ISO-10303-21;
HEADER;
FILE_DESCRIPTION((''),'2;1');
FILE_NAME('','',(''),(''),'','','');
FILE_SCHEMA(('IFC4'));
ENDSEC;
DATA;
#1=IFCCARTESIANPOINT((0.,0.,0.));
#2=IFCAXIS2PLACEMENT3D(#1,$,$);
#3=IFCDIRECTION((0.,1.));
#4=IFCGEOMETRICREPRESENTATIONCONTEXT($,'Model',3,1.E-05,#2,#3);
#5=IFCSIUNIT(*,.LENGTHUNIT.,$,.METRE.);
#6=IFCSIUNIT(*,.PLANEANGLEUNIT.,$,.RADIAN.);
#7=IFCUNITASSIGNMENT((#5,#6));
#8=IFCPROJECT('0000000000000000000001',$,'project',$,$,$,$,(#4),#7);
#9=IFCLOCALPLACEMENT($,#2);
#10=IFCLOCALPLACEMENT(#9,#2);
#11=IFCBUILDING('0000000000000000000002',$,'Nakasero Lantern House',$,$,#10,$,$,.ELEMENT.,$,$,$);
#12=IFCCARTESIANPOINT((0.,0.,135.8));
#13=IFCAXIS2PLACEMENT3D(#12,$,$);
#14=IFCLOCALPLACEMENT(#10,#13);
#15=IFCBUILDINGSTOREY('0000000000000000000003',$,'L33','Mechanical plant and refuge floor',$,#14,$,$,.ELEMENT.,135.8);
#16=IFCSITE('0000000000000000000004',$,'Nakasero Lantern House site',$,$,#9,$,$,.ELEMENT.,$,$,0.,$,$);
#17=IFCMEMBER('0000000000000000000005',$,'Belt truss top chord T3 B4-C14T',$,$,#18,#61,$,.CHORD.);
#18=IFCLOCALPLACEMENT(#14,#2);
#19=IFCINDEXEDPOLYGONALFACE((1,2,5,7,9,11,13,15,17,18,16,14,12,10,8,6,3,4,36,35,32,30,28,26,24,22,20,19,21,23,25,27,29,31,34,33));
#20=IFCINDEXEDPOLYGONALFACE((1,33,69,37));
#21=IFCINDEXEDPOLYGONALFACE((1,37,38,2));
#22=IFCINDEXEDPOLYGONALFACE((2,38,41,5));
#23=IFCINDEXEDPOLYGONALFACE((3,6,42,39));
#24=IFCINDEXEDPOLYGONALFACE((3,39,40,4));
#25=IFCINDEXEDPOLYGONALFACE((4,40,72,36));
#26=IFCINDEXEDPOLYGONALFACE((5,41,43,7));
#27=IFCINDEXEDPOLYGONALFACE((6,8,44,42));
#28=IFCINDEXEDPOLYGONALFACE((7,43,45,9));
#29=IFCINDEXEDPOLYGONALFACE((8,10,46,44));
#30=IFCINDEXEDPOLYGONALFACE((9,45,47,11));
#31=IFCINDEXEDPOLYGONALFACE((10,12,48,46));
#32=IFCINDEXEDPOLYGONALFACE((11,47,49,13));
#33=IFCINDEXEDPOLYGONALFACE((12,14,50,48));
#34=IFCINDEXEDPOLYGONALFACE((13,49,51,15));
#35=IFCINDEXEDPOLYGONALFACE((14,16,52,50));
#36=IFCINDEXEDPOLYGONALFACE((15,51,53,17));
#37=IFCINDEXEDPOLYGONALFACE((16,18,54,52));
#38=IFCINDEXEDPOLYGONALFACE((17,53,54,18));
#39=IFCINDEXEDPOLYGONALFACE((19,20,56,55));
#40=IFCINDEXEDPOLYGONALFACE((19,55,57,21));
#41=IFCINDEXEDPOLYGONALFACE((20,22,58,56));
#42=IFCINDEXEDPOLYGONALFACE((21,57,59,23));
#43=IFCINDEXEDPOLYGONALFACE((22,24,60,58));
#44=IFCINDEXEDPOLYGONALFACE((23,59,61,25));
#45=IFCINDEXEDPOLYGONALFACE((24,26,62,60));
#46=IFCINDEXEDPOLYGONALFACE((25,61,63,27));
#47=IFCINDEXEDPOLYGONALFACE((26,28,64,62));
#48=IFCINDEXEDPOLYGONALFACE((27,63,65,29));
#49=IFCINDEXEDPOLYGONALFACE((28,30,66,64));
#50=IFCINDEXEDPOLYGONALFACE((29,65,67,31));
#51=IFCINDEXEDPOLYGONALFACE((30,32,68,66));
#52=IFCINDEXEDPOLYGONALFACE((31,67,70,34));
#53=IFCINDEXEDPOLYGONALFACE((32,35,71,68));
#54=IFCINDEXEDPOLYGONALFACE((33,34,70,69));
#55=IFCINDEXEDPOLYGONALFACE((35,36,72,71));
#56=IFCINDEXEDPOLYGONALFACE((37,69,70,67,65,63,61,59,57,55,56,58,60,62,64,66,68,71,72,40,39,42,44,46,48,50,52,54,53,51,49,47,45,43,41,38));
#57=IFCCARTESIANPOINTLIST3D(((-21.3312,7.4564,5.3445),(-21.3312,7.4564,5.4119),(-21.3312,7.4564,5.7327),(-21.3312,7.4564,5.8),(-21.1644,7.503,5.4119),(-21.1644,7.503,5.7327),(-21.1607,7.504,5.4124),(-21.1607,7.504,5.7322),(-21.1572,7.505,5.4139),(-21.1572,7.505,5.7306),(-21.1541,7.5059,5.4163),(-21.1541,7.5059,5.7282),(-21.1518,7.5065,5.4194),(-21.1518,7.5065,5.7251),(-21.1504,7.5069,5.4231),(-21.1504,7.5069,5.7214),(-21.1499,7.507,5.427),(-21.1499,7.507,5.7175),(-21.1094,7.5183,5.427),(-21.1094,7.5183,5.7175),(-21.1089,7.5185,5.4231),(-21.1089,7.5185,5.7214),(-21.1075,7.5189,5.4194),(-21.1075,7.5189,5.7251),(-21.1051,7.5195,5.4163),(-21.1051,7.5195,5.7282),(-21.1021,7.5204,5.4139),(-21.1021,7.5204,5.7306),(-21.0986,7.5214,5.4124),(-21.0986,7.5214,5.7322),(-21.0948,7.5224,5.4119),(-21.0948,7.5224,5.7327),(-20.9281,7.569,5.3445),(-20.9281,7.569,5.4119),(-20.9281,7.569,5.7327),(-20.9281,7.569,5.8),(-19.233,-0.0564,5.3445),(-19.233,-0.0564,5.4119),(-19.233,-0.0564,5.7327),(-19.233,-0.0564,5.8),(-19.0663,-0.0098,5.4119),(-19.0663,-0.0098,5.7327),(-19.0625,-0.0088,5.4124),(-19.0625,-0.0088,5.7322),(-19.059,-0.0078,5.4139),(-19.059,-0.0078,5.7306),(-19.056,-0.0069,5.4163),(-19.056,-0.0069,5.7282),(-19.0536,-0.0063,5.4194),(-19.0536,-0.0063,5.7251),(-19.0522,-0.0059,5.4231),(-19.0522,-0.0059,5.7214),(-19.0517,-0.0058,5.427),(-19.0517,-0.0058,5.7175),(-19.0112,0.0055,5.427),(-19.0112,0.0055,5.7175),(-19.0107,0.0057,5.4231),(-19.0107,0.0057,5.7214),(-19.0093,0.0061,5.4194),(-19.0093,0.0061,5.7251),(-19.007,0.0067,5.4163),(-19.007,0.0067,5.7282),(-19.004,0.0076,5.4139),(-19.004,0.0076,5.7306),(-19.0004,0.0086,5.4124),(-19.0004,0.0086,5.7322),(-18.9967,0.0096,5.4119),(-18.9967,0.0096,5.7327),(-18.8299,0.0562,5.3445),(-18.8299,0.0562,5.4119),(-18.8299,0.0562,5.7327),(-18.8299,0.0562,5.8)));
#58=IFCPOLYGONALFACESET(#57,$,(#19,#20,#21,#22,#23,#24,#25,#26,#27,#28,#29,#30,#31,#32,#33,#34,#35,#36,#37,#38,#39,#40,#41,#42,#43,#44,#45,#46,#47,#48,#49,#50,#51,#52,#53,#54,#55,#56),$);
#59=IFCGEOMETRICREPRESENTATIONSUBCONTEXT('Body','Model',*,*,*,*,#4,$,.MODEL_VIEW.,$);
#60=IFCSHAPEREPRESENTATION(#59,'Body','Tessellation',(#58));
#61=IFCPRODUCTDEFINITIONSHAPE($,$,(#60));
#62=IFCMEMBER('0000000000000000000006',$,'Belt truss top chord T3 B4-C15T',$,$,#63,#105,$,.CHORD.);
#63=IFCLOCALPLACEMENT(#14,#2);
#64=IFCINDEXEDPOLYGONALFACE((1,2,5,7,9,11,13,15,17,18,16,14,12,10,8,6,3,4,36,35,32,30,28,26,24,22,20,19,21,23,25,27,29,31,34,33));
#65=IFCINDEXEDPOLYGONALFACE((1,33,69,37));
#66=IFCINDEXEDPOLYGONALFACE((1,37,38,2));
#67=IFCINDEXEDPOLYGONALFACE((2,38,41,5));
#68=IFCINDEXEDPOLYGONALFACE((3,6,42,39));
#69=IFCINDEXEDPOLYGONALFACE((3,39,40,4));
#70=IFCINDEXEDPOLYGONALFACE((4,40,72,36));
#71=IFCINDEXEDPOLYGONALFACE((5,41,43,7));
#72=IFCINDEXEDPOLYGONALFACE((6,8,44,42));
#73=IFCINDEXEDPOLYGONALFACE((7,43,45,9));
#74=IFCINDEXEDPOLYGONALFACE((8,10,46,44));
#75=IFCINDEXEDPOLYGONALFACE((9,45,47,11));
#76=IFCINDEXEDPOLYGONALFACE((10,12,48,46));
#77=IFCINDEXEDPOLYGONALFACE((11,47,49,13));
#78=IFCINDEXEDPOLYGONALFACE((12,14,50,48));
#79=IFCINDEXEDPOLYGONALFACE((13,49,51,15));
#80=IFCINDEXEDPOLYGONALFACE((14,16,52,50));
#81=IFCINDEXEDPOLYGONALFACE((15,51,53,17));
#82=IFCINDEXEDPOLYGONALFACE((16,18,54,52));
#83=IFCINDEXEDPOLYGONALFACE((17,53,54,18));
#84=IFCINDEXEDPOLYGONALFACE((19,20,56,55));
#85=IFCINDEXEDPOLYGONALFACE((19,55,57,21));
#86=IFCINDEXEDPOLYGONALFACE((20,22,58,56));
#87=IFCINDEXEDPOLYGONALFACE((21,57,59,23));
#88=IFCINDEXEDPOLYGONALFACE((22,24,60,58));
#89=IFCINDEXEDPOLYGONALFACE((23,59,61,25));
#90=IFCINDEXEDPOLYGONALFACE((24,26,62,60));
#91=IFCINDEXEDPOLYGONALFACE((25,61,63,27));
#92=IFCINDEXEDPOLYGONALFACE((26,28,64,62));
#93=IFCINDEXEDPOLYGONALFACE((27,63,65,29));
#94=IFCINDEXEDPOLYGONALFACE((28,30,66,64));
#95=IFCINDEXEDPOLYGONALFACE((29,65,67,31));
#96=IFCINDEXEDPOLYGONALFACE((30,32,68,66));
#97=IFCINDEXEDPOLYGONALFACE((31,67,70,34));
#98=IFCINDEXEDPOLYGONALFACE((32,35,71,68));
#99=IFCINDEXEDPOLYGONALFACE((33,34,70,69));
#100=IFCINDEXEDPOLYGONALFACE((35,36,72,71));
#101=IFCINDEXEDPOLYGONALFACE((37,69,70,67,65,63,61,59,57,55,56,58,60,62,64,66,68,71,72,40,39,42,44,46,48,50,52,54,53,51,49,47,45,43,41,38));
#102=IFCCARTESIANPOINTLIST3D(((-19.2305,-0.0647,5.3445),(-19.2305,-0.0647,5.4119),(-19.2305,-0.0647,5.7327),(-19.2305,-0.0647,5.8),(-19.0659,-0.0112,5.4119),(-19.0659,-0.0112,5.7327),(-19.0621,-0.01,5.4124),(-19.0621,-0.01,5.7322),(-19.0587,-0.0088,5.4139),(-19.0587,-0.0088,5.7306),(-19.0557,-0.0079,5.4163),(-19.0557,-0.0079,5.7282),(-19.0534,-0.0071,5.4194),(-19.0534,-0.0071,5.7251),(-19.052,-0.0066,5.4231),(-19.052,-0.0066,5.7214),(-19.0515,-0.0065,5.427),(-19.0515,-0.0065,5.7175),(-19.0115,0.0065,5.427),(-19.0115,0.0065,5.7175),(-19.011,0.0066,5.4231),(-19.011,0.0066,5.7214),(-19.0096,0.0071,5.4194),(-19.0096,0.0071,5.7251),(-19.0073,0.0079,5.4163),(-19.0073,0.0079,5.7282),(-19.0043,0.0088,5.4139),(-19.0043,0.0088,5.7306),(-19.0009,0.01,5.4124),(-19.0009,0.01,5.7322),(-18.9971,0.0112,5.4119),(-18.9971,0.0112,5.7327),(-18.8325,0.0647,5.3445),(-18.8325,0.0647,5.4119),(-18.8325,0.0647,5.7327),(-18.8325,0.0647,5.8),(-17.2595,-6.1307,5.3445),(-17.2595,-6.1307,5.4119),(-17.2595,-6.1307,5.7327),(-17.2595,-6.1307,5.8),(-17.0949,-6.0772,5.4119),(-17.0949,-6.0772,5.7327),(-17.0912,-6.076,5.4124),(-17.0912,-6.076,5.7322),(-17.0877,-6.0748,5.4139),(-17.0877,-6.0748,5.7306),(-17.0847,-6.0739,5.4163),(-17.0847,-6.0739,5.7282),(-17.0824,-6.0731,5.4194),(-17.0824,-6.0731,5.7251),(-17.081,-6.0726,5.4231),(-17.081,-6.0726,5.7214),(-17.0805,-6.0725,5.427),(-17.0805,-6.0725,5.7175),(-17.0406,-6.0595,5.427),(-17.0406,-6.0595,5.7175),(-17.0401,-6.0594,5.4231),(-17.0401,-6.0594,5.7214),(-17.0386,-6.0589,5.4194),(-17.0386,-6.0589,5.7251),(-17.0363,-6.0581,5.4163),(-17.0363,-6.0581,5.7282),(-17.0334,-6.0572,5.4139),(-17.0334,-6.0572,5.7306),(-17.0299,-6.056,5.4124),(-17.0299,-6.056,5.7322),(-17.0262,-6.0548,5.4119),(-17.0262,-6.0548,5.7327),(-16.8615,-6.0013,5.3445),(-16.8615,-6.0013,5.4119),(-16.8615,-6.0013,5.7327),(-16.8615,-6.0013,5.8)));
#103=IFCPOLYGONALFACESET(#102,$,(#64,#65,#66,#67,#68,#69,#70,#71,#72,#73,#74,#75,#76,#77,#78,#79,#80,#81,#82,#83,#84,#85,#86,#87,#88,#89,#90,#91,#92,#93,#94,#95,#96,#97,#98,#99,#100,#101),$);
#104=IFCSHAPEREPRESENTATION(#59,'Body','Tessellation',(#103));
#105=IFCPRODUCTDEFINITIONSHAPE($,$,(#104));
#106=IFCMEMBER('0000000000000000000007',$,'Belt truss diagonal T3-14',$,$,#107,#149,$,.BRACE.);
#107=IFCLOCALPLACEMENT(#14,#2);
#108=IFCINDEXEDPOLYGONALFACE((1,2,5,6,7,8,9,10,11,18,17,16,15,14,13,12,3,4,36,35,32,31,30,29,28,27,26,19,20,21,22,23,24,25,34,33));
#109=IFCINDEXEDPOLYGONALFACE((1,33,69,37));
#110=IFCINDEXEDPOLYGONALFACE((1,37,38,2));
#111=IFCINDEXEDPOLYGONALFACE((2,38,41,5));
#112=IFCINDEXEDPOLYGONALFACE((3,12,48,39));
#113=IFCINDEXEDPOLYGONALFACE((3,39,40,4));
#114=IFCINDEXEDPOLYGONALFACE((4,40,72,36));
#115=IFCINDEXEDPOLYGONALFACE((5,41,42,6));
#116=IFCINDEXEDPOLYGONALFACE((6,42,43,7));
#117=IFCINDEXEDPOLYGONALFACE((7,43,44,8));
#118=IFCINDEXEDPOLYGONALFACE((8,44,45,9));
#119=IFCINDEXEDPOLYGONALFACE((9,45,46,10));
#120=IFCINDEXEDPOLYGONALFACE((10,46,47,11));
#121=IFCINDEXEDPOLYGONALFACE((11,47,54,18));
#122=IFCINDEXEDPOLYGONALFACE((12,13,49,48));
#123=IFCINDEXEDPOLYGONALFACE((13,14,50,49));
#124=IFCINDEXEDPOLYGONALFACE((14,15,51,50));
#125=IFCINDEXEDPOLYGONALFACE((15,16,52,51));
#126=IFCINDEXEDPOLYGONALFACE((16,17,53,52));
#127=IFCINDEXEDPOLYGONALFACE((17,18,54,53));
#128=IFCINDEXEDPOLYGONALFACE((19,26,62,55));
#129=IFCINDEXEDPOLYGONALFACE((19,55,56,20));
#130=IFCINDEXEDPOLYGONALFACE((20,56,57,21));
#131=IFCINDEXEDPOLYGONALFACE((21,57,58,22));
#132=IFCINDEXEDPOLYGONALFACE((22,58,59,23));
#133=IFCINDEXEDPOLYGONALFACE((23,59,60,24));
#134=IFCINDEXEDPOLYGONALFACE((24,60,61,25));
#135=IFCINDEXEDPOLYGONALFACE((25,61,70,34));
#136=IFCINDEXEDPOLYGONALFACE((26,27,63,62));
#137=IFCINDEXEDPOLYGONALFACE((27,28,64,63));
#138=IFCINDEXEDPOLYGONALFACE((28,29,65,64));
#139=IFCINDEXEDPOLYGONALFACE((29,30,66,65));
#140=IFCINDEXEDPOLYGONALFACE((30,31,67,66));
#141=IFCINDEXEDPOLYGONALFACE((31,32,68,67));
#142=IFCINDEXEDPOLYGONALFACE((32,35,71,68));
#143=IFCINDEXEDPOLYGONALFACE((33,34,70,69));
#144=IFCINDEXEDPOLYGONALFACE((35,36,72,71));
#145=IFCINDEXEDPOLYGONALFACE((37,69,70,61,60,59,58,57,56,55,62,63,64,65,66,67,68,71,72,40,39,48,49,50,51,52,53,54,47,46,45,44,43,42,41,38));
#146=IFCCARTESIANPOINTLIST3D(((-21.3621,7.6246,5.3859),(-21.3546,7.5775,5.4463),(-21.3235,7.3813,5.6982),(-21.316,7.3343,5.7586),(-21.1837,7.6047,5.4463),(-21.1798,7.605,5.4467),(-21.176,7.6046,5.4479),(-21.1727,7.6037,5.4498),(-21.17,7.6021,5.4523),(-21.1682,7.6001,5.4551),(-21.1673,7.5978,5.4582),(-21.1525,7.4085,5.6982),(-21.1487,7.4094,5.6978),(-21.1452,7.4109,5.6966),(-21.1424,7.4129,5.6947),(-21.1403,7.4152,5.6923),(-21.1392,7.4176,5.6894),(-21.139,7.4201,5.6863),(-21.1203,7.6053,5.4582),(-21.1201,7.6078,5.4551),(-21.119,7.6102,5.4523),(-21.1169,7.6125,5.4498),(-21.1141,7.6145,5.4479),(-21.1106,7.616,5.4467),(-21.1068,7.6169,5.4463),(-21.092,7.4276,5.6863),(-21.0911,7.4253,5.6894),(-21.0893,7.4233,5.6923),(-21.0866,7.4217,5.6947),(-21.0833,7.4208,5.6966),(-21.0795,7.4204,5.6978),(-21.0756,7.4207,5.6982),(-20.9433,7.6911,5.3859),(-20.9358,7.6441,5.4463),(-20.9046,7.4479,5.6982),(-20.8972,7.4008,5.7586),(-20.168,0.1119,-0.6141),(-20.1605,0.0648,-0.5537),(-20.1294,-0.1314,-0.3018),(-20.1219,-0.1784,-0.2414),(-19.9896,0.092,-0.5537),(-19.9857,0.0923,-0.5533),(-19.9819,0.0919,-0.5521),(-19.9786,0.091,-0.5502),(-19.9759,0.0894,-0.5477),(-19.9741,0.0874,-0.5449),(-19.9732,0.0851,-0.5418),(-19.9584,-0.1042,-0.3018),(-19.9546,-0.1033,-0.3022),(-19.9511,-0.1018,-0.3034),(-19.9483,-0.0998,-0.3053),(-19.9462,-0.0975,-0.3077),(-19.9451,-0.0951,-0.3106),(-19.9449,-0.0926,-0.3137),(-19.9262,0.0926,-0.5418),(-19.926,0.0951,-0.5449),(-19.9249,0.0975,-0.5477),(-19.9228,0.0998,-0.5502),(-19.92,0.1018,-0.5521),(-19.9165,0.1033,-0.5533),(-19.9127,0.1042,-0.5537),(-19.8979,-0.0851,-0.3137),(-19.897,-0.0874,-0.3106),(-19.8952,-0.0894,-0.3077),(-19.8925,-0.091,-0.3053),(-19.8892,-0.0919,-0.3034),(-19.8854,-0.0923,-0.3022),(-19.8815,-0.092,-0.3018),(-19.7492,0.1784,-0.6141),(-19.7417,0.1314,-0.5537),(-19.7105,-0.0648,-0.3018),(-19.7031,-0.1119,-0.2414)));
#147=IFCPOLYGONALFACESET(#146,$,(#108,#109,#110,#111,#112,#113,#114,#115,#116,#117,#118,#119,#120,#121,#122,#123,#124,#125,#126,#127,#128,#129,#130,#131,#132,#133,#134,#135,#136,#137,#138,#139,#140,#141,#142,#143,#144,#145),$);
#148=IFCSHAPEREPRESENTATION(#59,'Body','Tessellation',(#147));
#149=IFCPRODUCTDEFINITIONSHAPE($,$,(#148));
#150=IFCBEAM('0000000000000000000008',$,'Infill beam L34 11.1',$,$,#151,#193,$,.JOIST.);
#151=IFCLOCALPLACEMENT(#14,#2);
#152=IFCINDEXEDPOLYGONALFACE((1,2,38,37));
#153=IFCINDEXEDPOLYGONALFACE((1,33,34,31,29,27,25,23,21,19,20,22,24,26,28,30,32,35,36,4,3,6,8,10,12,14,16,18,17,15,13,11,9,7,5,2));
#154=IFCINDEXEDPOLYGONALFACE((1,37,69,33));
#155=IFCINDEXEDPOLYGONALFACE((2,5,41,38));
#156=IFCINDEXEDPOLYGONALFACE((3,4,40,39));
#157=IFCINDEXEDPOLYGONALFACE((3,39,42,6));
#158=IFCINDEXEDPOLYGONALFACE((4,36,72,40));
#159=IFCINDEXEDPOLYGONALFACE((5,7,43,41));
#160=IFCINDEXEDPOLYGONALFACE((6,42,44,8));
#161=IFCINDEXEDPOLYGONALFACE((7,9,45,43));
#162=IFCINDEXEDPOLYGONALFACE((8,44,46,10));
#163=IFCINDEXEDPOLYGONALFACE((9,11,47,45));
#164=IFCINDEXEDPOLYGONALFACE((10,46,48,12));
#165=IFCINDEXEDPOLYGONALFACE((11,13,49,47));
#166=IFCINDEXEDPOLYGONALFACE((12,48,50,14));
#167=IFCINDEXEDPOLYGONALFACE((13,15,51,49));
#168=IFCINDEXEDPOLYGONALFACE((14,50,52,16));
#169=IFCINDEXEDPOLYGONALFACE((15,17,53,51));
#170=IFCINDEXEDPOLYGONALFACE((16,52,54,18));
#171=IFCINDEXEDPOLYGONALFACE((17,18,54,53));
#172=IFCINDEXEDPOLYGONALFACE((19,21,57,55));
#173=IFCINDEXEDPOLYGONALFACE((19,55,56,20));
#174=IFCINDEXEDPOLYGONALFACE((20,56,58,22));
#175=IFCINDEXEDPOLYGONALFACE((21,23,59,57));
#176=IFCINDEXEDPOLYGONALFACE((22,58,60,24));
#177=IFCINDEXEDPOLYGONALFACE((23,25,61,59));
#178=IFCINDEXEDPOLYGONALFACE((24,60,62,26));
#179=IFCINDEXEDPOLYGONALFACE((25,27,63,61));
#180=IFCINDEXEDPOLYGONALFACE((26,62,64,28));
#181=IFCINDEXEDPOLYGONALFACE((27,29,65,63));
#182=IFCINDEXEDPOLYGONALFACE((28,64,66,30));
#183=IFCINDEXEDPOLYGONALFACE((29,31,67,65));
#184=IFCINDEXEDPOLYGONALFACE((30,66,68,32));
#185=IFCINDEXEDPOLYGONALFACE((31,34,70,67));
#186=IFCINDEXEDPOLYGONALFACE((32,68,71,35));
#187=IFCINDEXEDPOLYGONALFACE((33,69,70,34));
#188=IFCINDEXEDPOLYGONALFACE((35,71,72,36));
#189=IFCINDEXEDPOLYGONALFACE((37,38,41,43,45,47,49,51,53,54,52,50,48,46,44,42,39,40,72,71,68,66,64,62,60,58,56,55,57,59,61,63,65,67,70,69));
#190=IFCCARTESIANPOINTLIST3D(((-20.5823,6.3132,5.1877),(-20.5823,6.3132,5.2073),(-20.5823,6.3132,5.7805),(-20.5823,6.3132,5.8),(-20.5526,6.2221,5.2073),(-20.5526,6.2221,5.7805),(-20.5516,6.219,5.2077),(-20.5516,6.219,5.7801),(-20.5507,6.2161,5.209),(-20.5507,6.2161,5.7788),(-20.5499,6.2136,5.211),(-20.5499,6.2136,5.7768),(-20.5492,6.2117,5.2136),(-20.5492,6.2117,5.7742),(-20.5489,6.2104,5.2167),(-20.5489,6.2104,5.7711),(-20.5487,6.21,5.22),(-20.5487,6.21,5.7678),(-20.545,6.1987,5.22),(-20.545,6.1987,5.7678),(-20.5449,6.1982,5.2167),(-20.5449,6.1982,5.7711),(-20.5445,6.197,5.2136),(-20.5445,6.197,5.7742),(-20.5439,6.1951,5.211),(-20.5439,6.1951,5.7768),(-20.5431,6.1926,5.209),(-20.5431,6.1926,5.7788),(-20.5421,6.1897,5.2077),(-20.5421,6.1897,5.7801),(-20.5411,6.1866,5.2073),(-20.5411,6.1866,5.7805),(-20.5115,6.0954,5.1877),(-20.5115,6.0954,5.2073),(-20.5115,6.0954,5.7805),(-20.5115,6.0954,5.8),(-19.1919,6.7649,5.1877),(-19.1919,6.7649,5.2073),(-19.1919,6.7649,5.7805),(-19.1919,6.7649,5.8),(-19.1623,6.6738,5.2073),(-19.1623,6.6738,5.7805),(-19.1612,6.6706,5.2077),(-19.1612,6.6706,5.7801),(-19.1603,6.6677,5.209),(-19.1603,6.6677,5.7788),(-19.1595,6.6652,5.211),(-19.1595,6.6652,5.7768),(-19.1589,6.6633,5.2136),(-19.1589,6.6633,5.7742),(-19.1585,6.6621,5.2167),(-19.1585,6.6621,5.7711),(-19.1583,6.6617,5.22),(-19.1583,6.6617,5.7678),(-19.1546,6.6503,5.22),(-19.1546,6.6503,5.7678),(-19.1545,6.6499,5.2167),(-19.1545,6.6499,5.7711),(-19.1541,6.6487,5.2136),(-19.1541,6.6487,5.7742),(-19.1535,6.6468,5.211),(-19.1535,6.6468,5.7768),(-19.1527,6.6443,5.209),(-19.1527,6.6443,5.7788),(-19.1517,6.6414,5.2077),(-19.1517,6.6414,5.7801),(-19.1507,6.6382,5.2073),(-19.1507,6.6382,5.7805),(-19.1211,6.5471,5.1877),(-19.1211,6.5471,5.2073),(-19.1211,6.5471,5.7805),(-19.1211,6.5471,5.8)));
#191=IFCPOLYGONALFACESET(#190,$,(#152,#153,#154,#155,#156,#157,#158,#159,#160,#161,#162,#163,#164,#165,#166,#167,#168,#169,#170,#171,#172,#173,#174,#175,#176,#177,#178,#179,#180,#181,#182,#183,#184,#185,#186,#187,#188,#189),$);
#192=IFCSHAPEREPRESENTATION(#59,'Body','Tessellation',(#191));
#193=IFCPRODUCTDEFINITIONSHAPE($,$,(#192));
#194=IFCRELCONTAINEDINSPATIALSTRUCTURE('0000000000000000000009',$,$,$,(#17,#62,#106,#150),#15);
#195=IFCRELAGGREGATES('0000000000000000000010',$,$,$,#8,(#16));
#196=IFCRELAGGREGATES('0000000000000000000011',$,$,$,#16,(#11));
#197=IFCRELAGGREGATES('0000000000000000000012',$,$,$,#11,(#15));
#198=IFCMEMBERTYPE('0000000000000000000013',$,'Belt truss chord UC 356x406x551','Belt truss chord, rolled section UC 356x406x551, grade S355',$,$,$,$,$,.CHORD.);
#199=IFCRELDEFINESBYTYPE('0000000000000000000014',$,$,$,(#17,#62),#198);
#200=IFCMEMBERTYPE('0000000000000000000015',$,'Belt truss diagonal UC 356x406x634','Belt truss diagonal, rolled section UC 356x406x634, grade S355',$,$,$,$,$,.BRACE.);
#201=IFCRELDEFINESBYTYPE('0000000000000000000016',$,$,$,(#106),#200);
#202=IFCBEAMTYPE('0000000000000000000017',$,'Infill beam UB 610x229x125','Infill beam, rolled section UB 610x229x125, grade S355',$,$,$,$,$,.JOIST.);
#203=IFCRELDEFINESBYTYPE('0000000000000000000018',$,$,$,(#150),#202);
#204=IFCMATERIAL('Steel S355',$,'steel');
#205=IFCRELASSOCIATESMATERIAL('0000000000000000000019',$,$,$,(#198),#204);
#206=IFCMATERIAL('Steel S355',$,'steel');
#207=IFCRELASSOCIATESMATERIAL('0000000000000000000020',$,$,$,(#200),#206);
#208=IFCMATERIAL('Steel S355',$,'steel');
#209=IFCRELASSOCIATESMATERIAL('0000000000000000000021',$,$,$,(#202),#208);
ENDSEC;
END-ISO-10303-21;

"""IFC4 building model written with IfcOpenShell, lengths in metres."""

from ifc_helpers import new_model, si_unit, direction, frame, origin, origin_2d, place, context, subcontext, project, spatial, i_section, extrude, material, material_profile, profile_set, type_object, element, save


model = new_model("IFC4")

# Units and contexts
model_context = context("Model", 3, precision=1e-05, world=origin(), true_north=direction((0.0, 1.0)))
body_context = subcontext(model_context, "Body", "Model", "MODEL_VIEW")
ifc_project = project(units=[si_unit("LENGTHUNIT", "METRE"), si_unit("PLANEANGLEUNIT", "RADIAN")], contexts=[model_context])

# Site, building, storey
site_placement = place(None, origin())
site = spatial("IfcSite", under=ifc_project, at=site_placement, Name="Nakasero Lantern House site", CompositionType="ELEMENT", RefElevation=0.0)
building_placement = place(site_placement, origin())
building = spatial("IfcBuilding", under=site, at=building_placement, Name="Nakasero Lantern House", CompositionType="ELEMENT")
storey_placement = place(building_placement, frame((0.0, 0.0, 135.8)))
storey = spatial("IfcBuildingStorey", under=building, at=storey_placement, Name="L33", Description="Mechanical plant and refuge floor", CompositionType="ELEMENT", Elevation=135.8)

# Members
ifc_material_1 = material(Name="Steel S355", Category="steel")
ifc_material_profile_1 = material_profile(ifc_material_1, i_section(OverallWidth=0.4185, OverallDepth=0.4556, WebThickness=0.042, FlangeThickness=0.0674, FilletRadius=0.0151, at=origin_2d()), Name="UC 356x406x551")
ifc_profile_set_1 = profile_set([ifc_material_profile_1], Name="Steel S355")
member_type_1 = type_object("IfcMemberType", Name="Belt truss chord UC 356x406x551", Description="Belt truss chord, rolled section UC 356x406x551, grade S355", PredefinedType="CHORD", material=ifc_profile_set_1)
member_1_placement = place(storey_placement, frame((-21.1296, 7.5127, 5.5723), z_axis=(0.268987, -0.963144, 0.0), x_axis=(0.963144, 0.268987, 0.0)))
element("IfcMember", 1, at=member_1_placement, inside=storey, type_object=member_type_1, Name="Belt truss top chord T3 B4-C14T", PredefinedType="CHORD", context=body_context, shape_type="SweptSolid", body=[
    extrude(i_section(OverallWidth=0.4185, OverallDepth=0.4556, WebThickness=0.042, FlangeThickness=0.0674, FilletRadius=0.0151, at=origin_2d()), origin(), (0.0, 0.0, 1.0), 7.8003),
])
member_2_placement = place(storey_placement, frame((-19.0315, 0.0, 5.5723), z_axis=(0.309019, -0.951056, 0.0), x_axis=(0.951056, 0.309019, 0.0)))
element("IfcMember", 2, at=member_2_placement, inside=storey, type_object=member_type_1, Name="Belt truss top chord T3 B4-C15T", PredefinedType="CHORD", context=body_context, shape_type="SweptSolid", body=[
    extrude(i_section(OverallWidth=0.4185, OverallDepth=0.4556, WebThickness=0.042, FlangeThickness=0.0674, FilletRadius=0.0151, at=origin_2d()), origin(), (0.0, 0.0, 1.0), 6.3782),
])
ifc_material_2 = material(Name="Steel S355", Category="steel")
ifc_material_profile_2 = material_profile(ifc_material_2, i_section(OverallWidth=0.4241, OverallDepth=0.4746, WebThickness=0.0476, FlangeThickness=0.0769, FilletRadius=0.0151, at=origin_2d()), Name="UC 356x406x634")
ifc_profile_set_2 = profile_set([ifc_material_profile_2], Name="Steel S355")
member_type_2 = type_object("IfcMemberType", Name="Belt truss diagonal UC 356x406x634", Description="Belt truss diagonal, rolled section UC 356x406x634, grade S355", PredefinedType="BRACE", material=ifc_profile_set_2)
member_3_placement = place(storey_placement, frame((-21.1296, 7.5127, 5.5723), z_axis=(0.123249, -0.775426, -0.619293), x_axis=(0.987603, 0.156973, 0.0)))
element("IfcMember", 3, at=member_3_placement, inside=storey, type_object=member_type_2, Name="Belt truss diagonal T3-14", PredefinedType="BRACE", context=body_context, shape_type="SweptSolid", body=[
    extrude(i_section(OverallWidth=0.4241, OverallDepth=0.4746, WebThickness=0.0476, FlangeThickness=0.0769, FilletRadius=0.0151, at=origin_2d()), origin(), (0.0, 0.0, 1.0), 9.6885),
])

# Beam
ifc_material_3 = material(Name="Steel S355", Category="steel")
ifc_material_profile_3 = material_profile(ifc_material_3, i_section(OverallWidth=0.229, OverallDepth=0.6123, WebThickness=0.012, FlangeThickness=0.0195, FilletRadius=0.0127, at=origin_2d()), Name="UB 610x229x125")
ifc_profile_set_3 = profile_set([ifc_material_profile_3], Name="Steel S355")
beam_type_1 = type_object("IfcBeamType", Name="Infill beam UB 610x229x125", Description="Infill beam, rolled section UB 610x229x125, grade S355", PredefinedType="JOIST", material=ifc_profile_set_3)
beam_1_placement = place(storey_placement, frame((-20.5469, 6.2043, 5.4939), z_axis=(0.951077, 0.308954, 0.0), x_axis=(-0.308954, 0.951077, 0.0)))
element("IfcBeam", 4, at=beam_1_placement, inside=storey, type_object=beam_type_1, Name="Infill beam L34 11.1", PredefinedType="JOIST", context=body_context, shape_type="SweptSolid", body=[
    extrude(i_section(OverallWidth=0.229, OverallDepth=0.6123, WebThickness=0.012, FlangeThickness=0.0195, FilletRadius=0.0127, at=origin_2d()), origin(), (0.0, 0.0, 1.0), 1.4619),
])

save(model, "model.ifc")
